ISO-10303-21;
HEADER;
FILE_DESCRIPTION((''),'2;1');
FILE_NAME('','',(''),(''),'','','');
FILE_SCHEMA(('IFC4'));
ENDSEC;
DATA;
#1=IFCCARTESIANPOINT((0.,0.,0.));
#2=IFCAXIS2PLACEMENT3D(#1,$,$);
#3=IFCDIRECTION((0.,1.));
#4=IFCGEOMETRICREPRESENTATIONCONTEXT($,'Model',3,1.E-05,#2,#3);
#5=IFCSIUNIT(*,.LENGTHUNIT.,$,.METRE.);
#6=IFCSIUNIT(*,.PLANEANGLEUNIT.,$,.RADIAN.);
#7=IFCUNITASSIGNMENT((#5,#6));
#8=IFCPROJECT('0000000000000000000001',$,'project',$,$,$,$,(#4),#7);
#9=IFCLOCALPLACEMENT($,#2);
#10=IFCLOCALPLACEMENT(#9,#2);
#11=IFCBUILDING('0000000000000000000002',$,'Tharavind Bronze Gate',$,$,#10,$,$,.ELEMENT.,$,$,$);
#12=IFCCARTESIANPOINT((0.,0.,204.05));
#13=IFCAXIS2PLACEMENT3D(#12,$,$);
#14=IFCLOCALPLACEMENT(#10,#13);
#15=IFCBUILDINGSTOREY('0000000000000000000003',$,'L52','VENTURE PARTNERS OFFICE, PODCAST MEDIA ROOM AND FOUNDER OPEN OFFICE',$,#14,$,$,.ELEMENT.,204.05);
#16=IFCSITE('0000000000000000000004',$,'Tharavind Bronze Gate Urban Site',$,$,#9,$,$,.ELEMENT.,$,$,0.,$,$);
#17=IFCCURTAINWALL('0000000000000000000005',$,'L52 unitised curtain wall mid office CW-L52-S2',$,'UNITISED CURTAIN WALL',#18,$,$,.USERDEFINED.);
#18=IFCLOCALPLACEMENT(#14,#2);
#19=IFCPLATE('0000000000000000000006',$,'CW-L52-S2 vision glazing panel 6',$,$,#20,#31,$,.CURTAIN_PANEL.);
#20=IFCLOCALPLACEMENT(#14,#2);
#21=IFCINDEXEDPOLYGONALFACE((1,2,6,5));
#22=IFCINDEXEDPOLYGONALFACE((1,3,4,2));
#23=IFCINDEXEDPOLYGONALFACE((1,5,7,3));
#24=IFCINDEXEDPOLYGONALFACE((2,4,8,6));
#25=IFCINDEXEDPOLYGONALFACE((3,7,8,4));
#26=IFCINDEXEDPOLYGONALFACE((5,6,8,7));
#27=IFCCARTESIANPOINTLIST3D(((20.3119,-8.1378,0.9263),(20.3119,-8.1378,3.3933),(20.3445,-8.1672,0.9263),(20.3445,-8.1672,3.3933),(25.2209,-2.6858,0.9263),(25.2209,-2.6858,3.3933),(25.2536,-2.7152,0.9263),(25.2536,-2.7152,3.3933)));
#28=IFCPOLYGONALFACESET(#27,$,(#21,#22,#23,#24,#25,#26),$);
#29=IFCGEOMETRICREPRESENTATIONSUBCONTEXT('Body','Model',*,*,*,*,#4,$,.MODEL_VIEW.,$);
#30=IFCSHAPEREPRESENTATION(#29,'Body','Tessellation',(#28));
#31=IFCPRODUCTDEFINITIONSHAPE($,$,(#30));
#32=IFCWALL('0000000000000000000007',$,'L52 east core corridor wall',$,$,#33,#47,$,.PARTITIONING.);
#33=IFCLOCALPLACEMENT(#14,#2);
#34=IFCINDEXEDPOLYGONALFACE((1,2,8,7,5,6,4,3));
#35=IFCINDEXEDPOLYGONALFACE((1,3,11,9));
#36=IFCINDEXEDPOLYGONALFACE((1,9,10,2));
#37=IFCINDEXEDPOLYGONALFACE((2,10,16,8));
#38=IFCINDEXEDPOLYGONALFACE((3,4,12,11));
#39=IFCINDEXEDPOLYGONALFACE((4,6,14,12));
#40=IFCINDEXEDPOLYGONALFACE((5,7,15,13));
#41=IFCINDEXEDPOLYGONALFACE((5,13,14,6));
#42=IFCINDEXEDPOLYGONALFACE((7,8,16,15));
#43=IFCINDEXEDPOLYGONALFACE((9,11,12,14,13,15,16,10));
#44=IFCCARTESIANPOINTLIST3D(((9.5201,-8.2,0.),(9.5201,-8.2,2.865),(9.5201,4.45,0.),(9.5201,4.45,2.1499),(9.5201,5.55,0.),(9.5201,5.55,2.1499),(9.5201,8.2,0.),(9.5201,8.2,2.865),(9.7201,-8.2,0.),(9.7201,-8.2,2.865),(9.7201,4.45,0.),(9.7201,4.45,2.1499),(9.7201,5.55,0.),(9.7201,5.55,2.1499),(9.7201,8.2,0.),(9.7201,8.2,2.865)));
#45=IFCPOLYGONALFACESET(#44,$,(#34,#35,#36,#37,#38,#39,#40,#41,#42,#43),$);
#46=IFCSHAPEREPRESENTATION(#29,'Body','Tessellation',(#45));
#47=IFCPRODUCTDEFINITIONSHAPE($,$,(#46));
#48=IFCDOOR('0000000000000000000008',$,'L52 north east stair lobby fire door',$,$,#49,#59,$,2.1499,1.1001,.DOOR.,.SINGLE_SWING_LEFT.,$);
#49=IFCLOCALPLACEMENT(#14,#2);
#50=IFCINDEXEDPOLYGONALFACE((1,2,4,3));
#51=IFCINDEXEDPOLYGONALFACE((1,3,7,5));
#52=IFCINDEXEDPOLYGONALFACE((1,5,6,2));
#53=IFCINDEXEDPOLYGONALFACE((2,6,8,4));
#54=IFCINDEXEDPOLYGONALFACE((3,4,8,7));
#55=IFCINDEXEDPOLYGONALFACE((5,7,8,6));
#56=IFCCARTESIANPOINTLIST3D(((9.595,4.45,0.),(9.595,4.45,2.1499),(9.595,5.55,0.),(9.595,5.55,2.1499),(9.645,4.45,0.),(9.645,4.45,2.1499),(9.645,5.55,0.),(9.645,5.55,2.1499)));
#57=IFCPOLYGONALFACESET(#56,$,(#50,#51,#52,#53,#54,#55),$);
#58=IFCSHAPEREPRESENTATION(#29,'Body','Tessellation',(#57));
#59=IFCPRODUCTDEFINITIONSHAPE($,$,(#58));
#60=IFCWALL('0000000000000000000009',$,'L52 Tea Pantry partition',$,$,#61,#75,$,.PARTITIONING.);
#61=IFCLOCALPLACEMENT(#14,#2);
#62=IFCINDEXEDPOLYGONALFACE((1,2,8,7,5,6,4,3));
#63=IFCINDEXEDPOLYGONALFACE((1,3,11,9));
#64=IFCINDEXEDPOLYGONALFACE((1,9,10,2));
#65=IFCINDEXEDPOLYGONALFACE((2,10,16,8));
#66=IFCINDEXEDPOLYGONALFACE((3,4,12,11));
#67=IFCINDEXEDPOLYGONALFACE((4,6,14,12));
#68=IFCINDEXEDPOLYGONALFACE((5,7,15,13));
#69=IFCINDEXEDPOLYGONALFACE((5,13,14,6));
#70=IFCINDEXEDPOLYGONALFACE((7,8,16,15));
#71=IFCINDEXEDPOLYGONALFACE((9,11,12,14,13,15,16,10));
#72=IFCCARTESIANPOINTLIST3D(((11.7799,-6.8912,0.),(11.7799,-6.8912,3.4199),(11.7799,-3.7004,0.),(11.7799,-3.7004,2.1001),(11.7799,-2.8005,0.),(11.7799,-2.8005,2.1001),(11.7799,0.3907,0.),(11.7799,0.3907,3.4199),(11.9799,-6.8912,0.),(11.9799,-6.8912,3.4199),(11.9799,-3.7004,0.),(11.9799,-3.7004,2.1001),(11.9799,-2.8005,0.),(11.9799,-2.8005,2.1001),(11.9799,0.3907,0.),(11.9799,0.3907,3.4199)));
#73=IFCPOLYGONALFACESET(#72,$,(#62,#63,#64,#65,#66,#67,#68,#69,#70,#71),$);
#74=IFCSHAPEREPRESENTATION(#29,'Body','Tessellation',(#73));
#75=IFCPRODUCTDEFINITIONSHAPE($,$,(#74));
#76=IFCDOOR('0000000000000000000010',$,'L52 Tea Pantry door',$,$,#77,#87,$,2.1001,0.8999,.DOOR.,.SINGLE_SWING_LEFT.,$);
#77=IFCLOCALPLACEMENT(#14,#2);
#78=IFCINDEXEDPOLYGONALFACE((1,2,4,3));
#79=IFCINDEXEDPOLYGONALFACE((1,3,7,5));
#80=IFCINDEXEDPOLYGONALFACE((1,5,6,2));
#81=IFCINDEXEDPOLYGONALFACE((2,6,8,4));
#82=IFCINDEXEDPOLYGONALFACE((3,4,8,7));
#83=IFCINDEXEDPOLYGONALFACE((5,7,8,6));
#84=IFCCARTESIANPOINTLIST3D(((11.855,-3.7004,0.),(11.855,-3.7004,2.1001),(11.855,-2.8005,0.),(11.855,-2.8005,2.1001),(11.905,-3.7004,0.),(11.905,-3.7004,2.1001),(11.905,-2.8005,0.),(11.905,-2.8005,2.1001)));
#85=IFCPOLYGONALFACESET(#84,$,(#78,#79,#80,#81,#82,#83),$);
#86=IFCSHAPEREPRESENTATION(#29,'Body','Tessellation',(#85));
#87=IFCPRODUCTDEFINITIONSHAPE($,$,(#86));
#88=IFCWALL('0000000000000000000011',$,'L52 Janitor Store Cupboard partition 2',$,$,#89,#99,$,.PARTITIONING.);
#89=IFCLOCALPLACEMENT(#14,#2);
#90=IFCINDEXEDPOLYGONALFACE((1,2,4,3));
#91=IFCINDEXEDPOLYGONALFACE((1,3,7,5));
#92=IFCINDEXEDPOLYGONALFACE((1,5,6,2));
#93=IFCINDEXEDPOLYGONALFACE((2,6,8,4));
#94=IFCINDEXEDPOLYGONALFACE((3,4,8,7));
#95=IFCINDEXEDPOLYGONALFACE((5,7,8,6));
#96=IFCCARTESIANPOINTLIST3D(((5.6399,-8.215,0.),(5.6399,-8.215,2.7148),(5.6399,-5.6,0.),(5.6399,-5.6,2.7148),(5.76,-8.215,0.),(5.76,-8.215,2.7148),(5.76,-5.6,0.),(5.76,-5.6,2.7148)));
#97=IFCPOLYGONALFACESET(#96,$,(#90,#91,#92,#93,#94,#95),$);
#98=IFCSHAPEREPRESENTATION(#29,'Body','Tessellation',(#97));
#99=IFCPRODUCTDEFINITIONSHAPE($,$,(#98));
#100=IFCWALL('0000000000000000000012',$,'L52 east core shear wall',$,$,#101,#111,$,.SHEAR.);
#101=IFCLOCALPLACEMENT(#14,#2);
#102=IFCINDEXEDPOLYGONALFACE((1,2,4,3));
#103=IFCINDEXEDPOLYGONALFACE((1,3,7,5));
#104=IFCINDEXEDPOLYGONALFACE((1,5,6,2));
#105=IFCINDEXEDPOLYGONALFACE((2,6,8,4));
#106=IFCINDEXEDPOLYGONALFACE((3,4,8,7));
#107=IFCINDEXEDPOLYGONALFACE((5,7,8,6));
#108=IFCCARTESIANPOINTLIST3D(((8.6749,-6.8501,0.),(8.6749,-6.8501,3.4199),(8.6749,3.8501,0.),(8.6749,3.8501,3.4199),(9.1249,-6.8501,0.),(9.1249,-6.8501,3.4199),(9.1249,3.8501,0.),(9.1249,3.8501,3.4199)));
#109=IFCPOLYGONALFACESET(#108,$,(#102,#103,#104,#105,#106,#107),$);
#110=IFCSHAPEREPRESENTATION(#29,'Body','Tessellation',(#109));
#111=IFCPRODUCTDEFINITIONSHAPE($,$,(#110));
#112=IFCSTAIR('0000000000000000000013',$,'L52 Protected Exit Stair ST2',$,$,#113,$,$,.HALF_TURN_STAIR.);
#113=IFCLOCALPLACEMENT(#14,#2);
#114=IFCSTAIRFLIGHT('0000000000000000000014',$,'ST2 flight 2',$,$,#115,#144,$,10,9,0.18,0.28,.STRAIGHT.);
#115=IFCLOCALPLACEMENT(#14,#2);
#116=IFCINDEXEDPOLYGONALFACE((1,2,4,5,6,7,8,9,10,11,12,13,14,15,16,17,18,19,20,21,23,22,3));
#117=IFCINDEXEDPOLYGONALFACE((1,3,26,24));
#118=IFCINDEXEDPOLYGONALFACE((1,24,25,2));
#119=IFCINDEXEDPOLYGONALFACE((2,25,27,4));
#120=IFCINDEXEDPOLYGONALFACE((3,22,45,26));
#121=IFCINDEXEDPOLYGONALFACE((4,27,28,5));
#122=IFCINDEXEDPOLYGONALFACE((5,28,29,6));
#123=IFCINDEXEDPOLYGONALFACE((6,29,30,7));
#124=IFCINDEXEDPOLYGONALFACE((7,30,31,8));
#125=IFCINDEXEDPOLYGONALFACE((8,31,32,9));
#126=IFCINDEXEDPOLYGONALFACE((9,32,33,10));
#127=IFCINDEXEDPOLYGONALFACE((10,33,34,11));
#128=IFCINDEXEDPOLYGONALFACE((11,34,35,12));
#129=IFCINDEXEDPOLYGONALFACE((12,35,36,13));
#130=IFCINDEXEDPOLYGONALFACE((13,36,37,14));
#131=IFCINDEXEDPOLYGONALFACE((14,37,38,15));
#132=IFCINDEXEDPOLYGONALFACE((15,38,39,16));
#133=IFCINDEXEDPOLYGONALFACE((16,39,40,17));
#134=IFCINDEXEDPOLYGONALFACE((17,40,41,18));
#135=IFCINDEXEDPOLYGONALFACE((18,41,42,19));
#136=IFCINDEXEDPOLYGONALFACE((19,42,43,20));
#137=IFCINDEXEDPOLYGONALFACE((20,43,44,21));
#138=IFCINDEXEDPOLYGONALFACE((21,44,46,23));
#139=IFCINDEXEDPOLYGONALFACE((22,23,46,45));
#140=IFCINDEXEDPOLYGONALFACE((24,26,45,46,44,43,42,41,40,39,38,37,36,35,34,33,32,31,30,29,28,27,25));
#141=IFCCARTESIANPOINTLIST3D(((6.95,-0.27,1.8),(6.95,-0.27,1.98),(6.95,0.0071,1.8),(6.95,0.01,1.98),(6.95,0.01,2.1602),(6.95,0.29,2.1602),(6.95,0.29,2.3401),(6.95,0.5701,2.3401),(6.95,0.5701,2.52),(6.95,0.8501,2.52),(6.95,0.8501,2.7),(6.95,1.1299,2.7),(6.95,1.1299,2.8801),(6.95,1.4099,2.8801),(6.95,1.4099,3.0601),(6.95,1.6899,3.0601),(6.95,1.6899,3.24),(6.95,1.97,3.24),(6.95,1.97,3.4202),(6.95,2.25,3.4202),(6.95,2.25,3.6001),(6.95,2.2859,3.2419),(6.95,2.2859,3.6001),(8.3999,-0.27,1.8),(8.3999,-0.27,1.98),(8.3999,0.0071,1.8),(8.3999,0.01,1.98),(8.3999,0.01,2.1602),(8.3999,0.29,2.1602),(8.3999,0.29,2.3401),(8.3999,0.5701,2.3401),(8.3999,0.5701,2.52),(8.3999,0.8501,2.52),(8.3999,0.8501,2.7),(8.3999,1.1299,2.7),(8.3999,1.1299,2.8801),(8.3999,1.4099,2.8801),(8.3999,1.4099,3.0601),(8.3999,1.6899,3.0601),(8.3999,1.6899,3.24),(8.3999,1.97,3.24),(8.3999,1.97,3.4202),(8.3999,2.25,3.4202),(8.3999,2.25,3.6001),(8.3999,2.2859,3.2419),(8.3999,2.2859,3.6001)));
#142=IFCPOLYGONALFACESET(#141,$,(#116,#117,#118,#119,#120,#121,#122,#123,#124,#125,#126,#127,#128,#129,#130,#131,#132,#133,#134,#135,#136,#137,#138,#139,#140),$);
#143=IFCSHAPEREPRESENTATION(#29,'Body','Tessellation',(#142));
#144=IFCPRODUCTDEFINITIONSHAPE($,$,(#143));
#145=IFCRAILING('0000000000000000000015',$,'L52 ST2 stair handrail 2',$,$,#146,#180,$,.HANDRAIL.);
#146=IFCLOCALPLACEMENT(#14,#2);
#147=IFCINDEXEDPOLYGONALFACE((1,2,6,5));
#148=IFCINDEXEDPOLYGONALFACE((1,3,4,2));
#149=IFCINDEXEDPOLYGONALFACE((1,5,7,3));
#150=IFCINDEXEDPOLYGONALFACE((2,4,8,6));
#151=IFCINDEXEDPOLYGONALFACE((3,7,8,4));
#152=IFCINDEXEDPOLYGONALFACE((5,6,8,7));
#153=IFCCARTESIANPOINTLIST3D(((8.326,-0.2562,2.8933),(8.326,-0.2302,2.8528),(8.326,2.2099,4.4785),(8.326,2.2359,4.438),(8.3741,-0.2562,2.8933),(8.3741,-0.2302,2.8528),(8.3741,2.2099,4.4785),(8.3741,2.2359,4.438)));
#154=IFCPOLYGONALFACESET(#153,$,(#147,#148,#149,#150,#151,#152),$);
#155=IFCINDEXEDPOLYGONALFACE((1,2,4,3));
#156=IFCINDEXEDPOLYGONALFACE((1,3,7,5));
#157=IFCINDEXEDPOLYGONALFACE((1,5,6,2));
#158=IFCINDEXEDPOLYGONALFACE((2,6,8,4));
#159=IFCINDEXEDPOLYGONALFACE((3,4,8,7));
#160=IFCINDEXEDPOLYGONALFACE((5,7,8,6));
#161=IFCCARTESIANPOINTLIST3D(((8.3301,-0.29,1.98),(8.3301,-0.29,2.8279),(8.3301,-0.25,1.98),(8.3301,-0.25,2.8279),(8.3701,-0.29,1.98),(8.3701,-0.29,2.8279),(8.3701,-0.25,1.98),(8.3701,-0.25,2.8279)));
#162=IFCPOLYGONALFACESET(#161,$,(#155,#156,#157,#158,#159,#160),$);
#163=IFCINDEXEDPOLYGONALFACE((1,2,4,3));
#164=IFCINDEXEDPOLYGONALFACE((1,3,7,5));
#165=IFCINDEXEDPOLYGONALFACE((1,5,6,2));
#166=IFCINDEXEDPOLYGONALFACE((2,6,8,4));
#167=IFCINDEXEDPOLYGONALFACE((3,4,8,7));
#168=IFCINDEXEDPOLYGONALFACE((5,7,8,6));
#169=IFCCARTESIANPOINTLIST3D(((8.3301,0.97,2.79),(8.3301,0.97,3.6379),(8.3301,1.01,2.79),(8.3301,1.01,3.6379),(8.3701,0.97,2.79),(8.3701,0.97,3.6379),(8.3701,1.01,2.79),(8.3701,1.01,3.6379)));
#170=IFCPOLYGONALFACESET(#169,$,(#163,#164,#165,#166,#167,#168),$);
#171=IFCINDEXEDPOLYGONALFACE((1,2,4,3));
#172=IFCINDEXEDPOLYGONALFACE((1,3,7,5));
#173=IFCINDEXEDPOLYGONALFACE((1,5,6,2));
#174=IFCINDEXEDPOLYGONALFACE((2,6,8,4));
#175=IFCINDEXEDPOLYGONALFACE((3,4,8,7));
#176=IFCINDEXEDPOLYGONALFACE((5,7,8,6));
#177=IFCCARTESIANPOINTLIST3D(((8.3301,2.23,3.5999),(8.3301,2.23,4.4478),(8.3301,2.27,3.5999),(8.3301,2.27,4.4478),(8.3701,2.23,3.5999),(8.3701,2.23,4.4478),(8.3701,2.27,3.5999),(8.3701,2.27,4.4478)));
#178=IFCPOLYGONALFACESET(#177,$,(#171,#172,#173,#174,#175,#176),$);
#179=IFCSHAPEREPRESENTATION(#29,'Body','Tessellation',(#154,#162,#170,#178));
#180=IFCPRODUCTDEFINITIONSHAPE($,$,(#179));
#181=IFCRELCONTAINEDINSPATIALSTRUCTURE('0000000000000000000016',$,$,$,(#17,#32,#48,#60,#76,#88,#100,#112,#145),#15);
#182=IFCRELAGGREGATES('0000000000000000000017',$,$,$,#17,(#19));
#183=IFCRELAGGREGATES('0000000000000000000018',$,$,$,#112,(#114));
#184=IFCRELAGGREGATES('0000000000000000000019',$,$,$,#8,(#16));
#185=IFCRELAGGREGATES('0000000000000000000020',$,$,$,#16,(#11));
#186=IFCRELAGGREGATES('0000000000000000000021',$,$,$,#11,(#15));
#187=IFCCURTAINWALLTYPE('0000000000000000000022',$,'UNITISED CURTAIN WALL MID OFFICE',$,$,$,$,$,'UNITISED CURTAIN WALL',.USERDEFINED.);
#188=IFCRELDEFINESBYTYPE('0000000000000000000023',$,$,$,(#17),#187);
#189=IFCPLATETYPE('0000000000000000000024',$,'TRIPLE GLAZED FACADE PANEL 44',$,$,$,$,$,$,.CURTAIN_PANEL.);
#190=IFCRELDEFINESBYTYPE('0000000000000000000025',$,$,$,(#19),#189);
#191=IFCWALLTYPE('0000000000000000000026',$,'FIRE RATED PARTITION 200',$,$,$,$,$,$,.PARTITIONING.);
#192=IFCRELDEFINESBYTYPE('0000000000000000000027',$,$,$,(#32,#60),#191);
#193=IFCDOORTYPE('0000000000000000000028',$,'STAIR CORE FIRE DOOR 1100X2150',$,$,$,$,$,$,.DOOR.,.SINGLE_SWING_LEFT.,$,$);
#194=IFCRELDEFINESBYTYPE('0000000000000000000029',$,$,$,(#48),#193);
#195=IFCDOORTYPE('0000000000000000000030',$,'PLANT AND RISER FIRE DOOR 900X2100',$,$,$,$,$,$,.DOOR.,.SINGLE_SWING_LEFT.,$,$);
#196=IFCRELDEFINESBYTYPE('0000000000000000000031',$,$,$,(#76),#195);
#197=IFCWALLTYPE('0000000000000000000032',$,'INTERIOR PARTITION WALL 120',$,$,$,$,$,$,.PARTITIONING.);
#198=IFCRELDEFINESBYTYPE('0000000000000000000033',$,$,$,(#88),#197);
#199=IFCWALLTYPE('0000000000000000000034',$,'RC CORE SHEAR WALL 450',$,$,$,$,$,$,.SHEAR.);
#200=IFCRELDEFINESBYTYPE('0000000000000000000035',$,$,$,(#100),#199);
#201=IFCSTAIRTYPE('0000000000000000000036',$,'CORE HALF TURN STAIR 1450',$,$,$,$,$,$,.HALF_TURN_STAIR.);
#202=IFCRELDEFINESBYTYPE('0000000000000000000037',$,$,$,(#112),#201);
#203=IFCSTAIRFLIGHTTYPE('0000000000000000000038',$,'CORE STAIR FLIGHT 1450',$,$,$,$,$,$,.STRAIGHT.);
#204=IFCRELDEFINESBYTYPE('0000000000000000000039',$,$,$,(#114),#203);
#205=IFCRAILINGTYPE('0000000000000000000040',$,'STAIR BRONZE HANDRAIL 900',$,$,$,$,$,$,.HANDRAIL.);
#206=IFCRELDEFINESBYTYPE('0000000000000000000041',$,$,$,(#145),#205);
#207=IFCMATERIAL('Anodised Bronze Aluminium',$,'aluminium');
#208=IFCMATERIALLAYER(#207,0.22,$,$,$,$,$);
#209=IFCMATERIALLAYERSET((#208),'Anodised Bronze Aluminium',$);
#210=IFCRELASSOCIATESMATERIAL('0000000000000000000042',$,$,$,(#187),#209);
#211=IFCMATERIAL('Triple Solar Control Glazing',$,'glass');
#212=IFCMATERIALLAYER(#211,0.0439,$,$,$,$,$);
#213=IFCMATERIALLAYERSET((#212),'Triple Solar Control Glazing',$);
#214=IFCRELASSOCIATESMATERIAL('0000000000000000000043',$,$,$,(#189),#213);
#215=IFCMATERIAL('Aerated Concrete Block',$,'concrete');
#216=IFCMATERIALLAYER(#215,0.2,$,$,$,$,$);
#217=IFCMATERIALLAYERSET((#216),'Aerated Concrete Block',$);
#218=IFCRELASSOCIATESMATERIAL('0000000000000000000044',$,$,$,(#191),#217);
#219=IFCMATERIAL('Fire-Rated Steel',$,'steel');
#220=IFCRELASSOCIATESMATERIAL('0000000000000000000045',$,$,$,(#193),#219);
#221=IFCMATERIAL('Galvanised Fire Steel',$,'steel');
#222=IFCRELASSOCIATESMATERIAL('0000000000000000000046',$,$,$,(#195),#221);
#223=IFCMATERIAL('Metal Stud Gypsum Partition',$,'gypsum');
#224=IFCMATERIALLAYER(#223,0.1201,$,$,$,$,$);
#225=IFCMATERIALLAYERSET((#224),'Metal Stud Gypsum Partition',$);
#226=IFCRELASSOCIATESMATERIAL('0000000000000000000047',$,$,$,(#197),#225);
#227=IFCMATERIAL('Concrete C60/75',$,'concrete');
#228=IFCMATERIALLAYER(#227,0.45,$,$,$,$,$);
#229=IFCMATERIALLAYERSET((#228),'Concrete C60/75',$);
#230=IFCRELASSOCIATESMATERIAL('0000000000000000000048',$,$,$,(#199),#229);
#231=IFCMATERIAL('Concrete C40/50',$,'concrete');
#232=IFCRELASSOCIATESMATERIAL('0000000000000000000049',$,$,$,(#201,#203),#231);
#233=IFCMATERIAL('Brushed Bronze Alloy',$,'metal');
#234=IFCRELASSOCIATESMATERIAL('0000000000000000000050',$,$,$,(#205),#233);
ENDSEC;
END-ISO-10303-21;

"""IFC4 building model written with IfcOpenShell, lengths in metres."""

from ifc_helpers import new_model, si_unit, direction, frame, frame_2d, origin, origin_2d, place, context, subcontext, project, spatial, polyline, rectangle, outline, extrude, material, layer, layer_set, type_object, element, fill, aggregate, save


model = new_model("IFC4")

# Units and contexts
model_context = context("Model", 3, precision=1e-05, world=origin(), true_north=direction((0.0, 1.0)))
body_context = subcontext(model_context, "Body", "Model", "MODEL_VIEW")
ifc_project = project(units=[si_unit("LENGTHUNIT", "METRE"), si_unit("PLANEANGLEUNIT", "RADIAN")], contexts=[model_context])

# Site, building, storey
site_placement = place(None, origin())
site = spatial("IfcSite", under=ifc_project, at=site_placement, Name="Tharavind Bronze Gate Urban Site", CompositionType="ELEMENT", RefElevation=0.0)
building_placement = place(site_placement, origin())
building = spatial("IfcBuilding", under=site, at=building_placement, Name="Tharavind Bronze Gate", CompositionType="ELEMENT")
storey_placement = place(building_placement, frame((0.0, 0.0, 204.05)))
storey = spatial("IfcBuildingStorey", under=building, at=storey_placement, Name="L52", Description="VENTURE PARTNERS OFFICE, PODCAST MEDIA ROOM AND FOUNDER OPEN OFFICE", CompositionType="ELEMENT", Elevation=204.05)

# Shared definitions
ifc_material_1 = material(Name="Concrete C60/75", Category="concrete")

# Curtain wall
ifc_material_2 = material(Name="Anodised Bronze Aluminium", Category="aluminium")
ifc_layer_1 = layer(ifc_material_2, 0.22)
ifc_layer_set_1 = layer_set([ifc_layer_1], Name="Anodised Bronze Aluminium")
curtain_wall_type = type_object("IfcCurtainWallType", Name="UNITISED CURTAIN WALL MID OFFICE", ElementType="UNITISED CURTAIN WALL", PredefinedType="USERDEFINED", material=ifc_layer_set_1)
curtain_wall_placement = place(storey_placement, origin())
curtain_wall = element("IfcCurtainWall", 1, at=curtain_wall_placement, inside=storey, type_object=curtain_wall_type, Name="L52 unitised curtain wall mid office CW-L52-S2", ObjectType="UNITISED CURTAIN WALL", PredefinedType="USERDEFINED")

# Plate
ifc_material_3 = material(Name="Triple Solar Control Glazing", Category="glass")
ifc_layer_2 = layer(ifc_material_3, 0.0439)
ifc_layer_set_2 = layer_set([ifc_layer_2], Name="Triple Solar Control Glazing")
plate_type_1 = type_object("IfcPlateType", Name="TRIPLE GLAZED FACADE PANEL 44", PredefinedType="CURTAIN_PANEL", material=ifc_layer_set_2)
plate_1_placement = place(storey_placement, frame((22.7827, -5.4265, 0.9263), z_axis=(0.0, 0.0, 1.0), x_axis=(0.669131, 0.743145, 0.0)))
plate_1 = element("IfcPlate", 2, at=plate_1_placement, type_object=plate_type_1, Name="CW-L52-S2 vision glazing panel 6", PredefinedType="CURTAIN_PANEL", context=body_context, shape_type="SweptSolid", body=[
    extrude(rectangle(XDim=7.3364, YDim=0.0439, at=origin_2d()), origin(), (0.0, 0.0, 1.0), 2.467),
])
aggregate(curtain_wall, [plate_1])

# Walls, openings, doors
ifc_material_4 = material(Name="Aerated Concrete Block", Category="concrete")
ifc_layer_3 = layer(ifc_material_4, 0.2)
ifc_layer_set_3 = layer_set([ifc_layer_3], Name="Aerated Concrete Block")
wall_type_1 = type_object("IfcWallType", Name="FIRE RATED PARTITION 200", PredefinedType="PARTITIONING", material=ifc_layer_set_3)
wall_1_placement = place(storey_placement, frame((9.6201, -8.2, 0.0), z_axis=(0.0, 0.0, 1.0), x_axis=(0.0, 1.0, 0.0)))
wall_1 = element("IfcWall", 3, at=wall_1_placement, inside=storey, type_object=wall_type_1, Name="L52 east core corridor wall", PredefinedType="PARTITIONING", context=body_context, shape_type="SweptSolid", body=[
    extrude(rectangle(XDim=16.3999, YDim=0.2, at=frame_2d((8.2, 0.0))), origin(), (0.0, 0.0, 1.0), 2.865),
])
opening_1_placement = place(wall_1_placement, frame((12.6499, 0.0, 0.0)))
opening_1 = element("IfcOpeningElement", 4, at=opening_1_placement, cuts=wall_1, PredefinedType="OPENING", context=body_context, shape_type="SweptSolid", body=[
    extrude(rectangle(XDim=1.1001, YDim=2.1499, at=frame_2d((0.55, 1.075))), frame((0.0, 0.1101, 0.0), z_axis=(0.0, -1.0, 0.0), x_axis=(1.0, 0.0, 0.0)), (0.0, 0.0, 1.0), 0.22),
])
ifc_material_5 = material(Name="Fire-Rated Steel", Category="steel")
door_type_1 = type_object("IfcDoorType", Name="STAIR CORE FIRE DOOR 1100X2150", OperationType="SINGLE_SWING_LEFT", PredefinedType="DOOR", material=ifc_material_5)
door_1_placement = place(opening_1_placement, frame((1.1001, 0.0, 0.0), z_axis=(0.0, 0.0, 1.0), x_axis=(-1.0, 0.0, 0.0)))
door_1 = element("IfcDoor", 5, at=door_1_placement, inside=storey, type_object=door_type_1, Name="L52 north east stair lobby fire door", OperationType="SINGLE_SWING_LEFT", OverallHeight=2.1499, OverallWidth=1.1001, PredefinedType="DOOR", context=body_context, shape_type="SweptSolid", body=[
    extrude(rectangle(XDim=1.1001, YDim=2.1499, at=frame_2d((0.55, 1.075))), frame((0.0, 0.0249, 0.0), z_axis=(0.0, -1.0, 0.0), x_axis=(1.0, 0.0, 0.0)), (0.0, 0.0, 1.0), 0.05),
])
fill(opening_1, door_1)
wall_2_placement = place(storey_placement, frame((11.8799, -6.8914, 0.0), z_axis=(0.0, 0.0, 1.0), x_axis=(0.0, 1.0, 0.0)))
wall_2 = element("IfcWall", 6, at=wall_2_placement, inside=storey, type_object=wall_type_1, Name="L52 Tea Pantry partition", PredefinedType="PARTITIONING", context=body_context, shape_type="SweptSolid", body=[
    extrude(rectangle(XDim=7.282, YDim=0.2, at=frame_2d((3.6411, 0.0))), origin(), (0.0, 0.0, 1.0), 3.4199),
])
opening_2_placement = place(wall_2_placement, frame((3.1909, 0.0, 0.0)))
opening_2 = element("IfcOpeningElement", 7, at=opening_2_placement, cuts=wall_2, PredefinedType="OPENING", context=body_context, shape_type="SweptSolid", body=[
    extrude(rectangle(XDim=0.8999, YDim=2.1001, at=frame_2d((0.45, 1.05))), frame((0.0, 0.1101, 0.0), z_axis=(0.0, -1.0, 0.0), x_axis=(1.0, 0.0, 0.0)), (0.0, 0.0, 1.0), 0.22),
])
ifc_material_6 = material(Name="Galvanised Fire Steel", Category="steel")
door_type_2 = type_object("IfcDoorType", Name="PLANT AND RISER FIRE DOOR 900X2100", OperationType="SINGLE_SWING_LEFT", PredefinedType="DOOR", material=ifc_material_6)
door_2_placement = place(opening_2_placement, origin())
door_2 = element("IfcDoor", 8, at=door_2_placement, inside=storey, type_object=door_type_2, Name="L52 Tea Pantry door", OperationType="SINGLE_SWING_LEFT", OverallHeight=2.1001, OverallWidth=0.8999, PredefinedType="DOOR", context=body_context, shape_type="SweptSolid", body=[
    extrude(rectangle(XDim=0.8999, YDim=2.1001, at=frame_2d((0.45, 1.05))), frame((0.0, 0.0249, 0.0), z_axis=(0.0, -1.0, 0.0), x_axis=(1.0, 0.0, 0.0)), (0.0, 0.0, 1.0), 0.05),
])
fill(opening_2, door_2)

# Walls
ifc_material_7 = material(Name="Metal Stud Gypsum Partition", Category="gypsum")
ifc_layer_4 = layer(ifc_material_7, 0.1201)
ifc_layer_set_4 = layer_set([ifc_layer_4], Name="Metal Stud Gypsum Partition")
wall_type_2 = type_object("IfcWallType", Name="INTERIOR PARTITION WALL 120", PredefinedType="PARTITIONING", material=ifc_layer_set_4)
wall_3_placement = place(storey_placement, frame((5.7, -8.2151, 0.0), z_axis=(0.0, 0.0, 1.0), x_axis=(0.0, 1.0, 0.0)))
element("IfcWall", 9, at=wall_3_placement, inside=storey, type_object=wall_type_2, Name="L52 Janitor Store Cupboard partition 2", PredefinedType="PARTITIONING", context=body_context, shape_type="SweptSolid", body=[
    extrude(rectangle(XDim=2.615, YDim=0.1201, at=frame_2d((1.3076, 0.0))), origin(), (0.0, 0.0, 1.0), 2.7148),
])
ifc_layer_5 = layer(ifc_material_1, 0.45)
ifc_layer_set_5 = layer_set([ifc_layer_5], Name="Concrete C60/75")
wall_type_3 = type_object("IfcWallType", Name="RC CORE SHEAR WALL 450", PredefinedType="SHEAR", material=ifc_layer_set_5)
wall_4_placement = place(storey_placement, frame((8.8999, -6.8501, 0.0), z_axis=(0.0, 0.0, 1.0), x_axis=(0.0, 1.0, 0.0)))
element("IfcWall", 10, at=wall_4_placement, inside=storey, type_object=wall_type_3, Name="L52 east core shear wall", PredefinedType="SHEAR", context=body_context, shape_type="SweptSolid", body=[
    extrude(rectangle(XDim=10.7002, YDim=0.45, at=frame_2d((5.3501, 0.0))), origin(), (0.0, 0.0, 1.0), 3.4199),
])

# Stair, stair flight
ifc_material_8 = material(Name="Concrete C40/50", Category="concrete")
stair_type = type_object("IfcStairType", Name="CORE HALF TURN STAIR 1450", PredefinedType="HALF_TURN_STAIR", material=ifc_material_8)
stair_placement = place(storey_placement, origin())
stair = element("IfcStair", 11, at=stair_placement, inside=storey, type_object=stair_type, Name="L52 Protected Exit Stair ST2", PredefinedType="HALF_TURN_STAIR")
stair_flight_type = type_object("IfcStairFlightType", Name="CORE STAIR FLIGHT 1450", PredefinedType="STRAIGHT", material=ifc_material_8)
stair_flight_placement = place(storey_placement, frame((7.675, -0.27, 1.8), z_axis=(0.0, 0.0, 1.0), x_axis=(0.0, 1.0, 0.0)))
stair_flight = element("IfcStairFlight", 12, at=stair_flight_placement, type_object=stair_flight_type, Name="ST2 flight 2", NumberOfRisers=10, NumberOfTreads=9, PredefinedType="STRAIGHT", RiserHeight=0.18, TreadLength=0.28, context=body_context, shape_type="SweptSolid", body=[
    extrude(outline(polyline([(0.0, 0.0), (0.0, 0.1799), (0.28, 0.1799), (0.28, 0.3601), (0.5601, 0.3601), (0.5601, 0.54), (0.8401, 0.54), (0.8401, 0.72), (1.1201, 0.72), (1.1201, 0.8999), (1.3999, 0.8999), (1.3999, 1.0801), (1.6799, 1.0801), (1.6799, 1.26), (1.96, 1.26), (1.96, 1.4399), (2.24, 1.4399), (2.24, 1.6201), (2.52, 1.6201), (2.52, 1.8), (2.5559, 1.8), (2.5559, 1.4419), (0.2771, 0.0), (0.0, 0.0)])), frame((0.0, 0.7251, 0.0), z_axis=(0.0, -1.0, 0.0), x_axis=(1.0, 0.0, 0.0)), (0.0, 0.0, 1.0), 1.45),
])
aggregate(stair, [stair_flight])

# Railing
ifc_material_9 = material(Name="Brushed Bronze Alloy", Category="metal")
railing_type_1 = type_object("IfcRailingType", Name="STAIR BRONZE HANDRAIL 900", PredefinedType="HANDRAIL", material=ifc_material_9)
railing_1_placement = place(storey_placement, frame((8.3501, -0.27, 1.98)))
element("IfcRailing", 13, at=railing_1_placement, inside=storey, type_object=railing_type_1, Name="L52 ST2 stair handrail 2", PredefinedType="HANDRAIL", context=body_context, shape_type="SweptSolid", body=[
    extrude(rectangle(XDim=0.0481, YDim=0.0481, at=origin_2d()), frame((0.0, 0.0269, 0.8931), z_axis=(0.0, 0.8412, 0.540725), x_axis=(-1.0, 0.0, 0.0)), (0.0, 0.0, 1.0), 2.9316),
    extrude(rectangle(XDim=0.04, YDim=0.04, at=origin_2d()), origin(), (0.0, 0.0, 1.0), 0.8479),
    extrude(rectangle(XDim=0.04, YDim=0.04, at=origin_2d()), frame((0.0, 1.26, 0.8101)), (0.0, 0.0, 1.0), 0.8479),
    extrude(rectangle(XDim=0.04, YDim=0.04, at=origin_2d()), frame((0.0, 2.52, 1.6199)), (0.0, 0.0, 1.0), 0.8479),
])

save(model, "model.ifc")
